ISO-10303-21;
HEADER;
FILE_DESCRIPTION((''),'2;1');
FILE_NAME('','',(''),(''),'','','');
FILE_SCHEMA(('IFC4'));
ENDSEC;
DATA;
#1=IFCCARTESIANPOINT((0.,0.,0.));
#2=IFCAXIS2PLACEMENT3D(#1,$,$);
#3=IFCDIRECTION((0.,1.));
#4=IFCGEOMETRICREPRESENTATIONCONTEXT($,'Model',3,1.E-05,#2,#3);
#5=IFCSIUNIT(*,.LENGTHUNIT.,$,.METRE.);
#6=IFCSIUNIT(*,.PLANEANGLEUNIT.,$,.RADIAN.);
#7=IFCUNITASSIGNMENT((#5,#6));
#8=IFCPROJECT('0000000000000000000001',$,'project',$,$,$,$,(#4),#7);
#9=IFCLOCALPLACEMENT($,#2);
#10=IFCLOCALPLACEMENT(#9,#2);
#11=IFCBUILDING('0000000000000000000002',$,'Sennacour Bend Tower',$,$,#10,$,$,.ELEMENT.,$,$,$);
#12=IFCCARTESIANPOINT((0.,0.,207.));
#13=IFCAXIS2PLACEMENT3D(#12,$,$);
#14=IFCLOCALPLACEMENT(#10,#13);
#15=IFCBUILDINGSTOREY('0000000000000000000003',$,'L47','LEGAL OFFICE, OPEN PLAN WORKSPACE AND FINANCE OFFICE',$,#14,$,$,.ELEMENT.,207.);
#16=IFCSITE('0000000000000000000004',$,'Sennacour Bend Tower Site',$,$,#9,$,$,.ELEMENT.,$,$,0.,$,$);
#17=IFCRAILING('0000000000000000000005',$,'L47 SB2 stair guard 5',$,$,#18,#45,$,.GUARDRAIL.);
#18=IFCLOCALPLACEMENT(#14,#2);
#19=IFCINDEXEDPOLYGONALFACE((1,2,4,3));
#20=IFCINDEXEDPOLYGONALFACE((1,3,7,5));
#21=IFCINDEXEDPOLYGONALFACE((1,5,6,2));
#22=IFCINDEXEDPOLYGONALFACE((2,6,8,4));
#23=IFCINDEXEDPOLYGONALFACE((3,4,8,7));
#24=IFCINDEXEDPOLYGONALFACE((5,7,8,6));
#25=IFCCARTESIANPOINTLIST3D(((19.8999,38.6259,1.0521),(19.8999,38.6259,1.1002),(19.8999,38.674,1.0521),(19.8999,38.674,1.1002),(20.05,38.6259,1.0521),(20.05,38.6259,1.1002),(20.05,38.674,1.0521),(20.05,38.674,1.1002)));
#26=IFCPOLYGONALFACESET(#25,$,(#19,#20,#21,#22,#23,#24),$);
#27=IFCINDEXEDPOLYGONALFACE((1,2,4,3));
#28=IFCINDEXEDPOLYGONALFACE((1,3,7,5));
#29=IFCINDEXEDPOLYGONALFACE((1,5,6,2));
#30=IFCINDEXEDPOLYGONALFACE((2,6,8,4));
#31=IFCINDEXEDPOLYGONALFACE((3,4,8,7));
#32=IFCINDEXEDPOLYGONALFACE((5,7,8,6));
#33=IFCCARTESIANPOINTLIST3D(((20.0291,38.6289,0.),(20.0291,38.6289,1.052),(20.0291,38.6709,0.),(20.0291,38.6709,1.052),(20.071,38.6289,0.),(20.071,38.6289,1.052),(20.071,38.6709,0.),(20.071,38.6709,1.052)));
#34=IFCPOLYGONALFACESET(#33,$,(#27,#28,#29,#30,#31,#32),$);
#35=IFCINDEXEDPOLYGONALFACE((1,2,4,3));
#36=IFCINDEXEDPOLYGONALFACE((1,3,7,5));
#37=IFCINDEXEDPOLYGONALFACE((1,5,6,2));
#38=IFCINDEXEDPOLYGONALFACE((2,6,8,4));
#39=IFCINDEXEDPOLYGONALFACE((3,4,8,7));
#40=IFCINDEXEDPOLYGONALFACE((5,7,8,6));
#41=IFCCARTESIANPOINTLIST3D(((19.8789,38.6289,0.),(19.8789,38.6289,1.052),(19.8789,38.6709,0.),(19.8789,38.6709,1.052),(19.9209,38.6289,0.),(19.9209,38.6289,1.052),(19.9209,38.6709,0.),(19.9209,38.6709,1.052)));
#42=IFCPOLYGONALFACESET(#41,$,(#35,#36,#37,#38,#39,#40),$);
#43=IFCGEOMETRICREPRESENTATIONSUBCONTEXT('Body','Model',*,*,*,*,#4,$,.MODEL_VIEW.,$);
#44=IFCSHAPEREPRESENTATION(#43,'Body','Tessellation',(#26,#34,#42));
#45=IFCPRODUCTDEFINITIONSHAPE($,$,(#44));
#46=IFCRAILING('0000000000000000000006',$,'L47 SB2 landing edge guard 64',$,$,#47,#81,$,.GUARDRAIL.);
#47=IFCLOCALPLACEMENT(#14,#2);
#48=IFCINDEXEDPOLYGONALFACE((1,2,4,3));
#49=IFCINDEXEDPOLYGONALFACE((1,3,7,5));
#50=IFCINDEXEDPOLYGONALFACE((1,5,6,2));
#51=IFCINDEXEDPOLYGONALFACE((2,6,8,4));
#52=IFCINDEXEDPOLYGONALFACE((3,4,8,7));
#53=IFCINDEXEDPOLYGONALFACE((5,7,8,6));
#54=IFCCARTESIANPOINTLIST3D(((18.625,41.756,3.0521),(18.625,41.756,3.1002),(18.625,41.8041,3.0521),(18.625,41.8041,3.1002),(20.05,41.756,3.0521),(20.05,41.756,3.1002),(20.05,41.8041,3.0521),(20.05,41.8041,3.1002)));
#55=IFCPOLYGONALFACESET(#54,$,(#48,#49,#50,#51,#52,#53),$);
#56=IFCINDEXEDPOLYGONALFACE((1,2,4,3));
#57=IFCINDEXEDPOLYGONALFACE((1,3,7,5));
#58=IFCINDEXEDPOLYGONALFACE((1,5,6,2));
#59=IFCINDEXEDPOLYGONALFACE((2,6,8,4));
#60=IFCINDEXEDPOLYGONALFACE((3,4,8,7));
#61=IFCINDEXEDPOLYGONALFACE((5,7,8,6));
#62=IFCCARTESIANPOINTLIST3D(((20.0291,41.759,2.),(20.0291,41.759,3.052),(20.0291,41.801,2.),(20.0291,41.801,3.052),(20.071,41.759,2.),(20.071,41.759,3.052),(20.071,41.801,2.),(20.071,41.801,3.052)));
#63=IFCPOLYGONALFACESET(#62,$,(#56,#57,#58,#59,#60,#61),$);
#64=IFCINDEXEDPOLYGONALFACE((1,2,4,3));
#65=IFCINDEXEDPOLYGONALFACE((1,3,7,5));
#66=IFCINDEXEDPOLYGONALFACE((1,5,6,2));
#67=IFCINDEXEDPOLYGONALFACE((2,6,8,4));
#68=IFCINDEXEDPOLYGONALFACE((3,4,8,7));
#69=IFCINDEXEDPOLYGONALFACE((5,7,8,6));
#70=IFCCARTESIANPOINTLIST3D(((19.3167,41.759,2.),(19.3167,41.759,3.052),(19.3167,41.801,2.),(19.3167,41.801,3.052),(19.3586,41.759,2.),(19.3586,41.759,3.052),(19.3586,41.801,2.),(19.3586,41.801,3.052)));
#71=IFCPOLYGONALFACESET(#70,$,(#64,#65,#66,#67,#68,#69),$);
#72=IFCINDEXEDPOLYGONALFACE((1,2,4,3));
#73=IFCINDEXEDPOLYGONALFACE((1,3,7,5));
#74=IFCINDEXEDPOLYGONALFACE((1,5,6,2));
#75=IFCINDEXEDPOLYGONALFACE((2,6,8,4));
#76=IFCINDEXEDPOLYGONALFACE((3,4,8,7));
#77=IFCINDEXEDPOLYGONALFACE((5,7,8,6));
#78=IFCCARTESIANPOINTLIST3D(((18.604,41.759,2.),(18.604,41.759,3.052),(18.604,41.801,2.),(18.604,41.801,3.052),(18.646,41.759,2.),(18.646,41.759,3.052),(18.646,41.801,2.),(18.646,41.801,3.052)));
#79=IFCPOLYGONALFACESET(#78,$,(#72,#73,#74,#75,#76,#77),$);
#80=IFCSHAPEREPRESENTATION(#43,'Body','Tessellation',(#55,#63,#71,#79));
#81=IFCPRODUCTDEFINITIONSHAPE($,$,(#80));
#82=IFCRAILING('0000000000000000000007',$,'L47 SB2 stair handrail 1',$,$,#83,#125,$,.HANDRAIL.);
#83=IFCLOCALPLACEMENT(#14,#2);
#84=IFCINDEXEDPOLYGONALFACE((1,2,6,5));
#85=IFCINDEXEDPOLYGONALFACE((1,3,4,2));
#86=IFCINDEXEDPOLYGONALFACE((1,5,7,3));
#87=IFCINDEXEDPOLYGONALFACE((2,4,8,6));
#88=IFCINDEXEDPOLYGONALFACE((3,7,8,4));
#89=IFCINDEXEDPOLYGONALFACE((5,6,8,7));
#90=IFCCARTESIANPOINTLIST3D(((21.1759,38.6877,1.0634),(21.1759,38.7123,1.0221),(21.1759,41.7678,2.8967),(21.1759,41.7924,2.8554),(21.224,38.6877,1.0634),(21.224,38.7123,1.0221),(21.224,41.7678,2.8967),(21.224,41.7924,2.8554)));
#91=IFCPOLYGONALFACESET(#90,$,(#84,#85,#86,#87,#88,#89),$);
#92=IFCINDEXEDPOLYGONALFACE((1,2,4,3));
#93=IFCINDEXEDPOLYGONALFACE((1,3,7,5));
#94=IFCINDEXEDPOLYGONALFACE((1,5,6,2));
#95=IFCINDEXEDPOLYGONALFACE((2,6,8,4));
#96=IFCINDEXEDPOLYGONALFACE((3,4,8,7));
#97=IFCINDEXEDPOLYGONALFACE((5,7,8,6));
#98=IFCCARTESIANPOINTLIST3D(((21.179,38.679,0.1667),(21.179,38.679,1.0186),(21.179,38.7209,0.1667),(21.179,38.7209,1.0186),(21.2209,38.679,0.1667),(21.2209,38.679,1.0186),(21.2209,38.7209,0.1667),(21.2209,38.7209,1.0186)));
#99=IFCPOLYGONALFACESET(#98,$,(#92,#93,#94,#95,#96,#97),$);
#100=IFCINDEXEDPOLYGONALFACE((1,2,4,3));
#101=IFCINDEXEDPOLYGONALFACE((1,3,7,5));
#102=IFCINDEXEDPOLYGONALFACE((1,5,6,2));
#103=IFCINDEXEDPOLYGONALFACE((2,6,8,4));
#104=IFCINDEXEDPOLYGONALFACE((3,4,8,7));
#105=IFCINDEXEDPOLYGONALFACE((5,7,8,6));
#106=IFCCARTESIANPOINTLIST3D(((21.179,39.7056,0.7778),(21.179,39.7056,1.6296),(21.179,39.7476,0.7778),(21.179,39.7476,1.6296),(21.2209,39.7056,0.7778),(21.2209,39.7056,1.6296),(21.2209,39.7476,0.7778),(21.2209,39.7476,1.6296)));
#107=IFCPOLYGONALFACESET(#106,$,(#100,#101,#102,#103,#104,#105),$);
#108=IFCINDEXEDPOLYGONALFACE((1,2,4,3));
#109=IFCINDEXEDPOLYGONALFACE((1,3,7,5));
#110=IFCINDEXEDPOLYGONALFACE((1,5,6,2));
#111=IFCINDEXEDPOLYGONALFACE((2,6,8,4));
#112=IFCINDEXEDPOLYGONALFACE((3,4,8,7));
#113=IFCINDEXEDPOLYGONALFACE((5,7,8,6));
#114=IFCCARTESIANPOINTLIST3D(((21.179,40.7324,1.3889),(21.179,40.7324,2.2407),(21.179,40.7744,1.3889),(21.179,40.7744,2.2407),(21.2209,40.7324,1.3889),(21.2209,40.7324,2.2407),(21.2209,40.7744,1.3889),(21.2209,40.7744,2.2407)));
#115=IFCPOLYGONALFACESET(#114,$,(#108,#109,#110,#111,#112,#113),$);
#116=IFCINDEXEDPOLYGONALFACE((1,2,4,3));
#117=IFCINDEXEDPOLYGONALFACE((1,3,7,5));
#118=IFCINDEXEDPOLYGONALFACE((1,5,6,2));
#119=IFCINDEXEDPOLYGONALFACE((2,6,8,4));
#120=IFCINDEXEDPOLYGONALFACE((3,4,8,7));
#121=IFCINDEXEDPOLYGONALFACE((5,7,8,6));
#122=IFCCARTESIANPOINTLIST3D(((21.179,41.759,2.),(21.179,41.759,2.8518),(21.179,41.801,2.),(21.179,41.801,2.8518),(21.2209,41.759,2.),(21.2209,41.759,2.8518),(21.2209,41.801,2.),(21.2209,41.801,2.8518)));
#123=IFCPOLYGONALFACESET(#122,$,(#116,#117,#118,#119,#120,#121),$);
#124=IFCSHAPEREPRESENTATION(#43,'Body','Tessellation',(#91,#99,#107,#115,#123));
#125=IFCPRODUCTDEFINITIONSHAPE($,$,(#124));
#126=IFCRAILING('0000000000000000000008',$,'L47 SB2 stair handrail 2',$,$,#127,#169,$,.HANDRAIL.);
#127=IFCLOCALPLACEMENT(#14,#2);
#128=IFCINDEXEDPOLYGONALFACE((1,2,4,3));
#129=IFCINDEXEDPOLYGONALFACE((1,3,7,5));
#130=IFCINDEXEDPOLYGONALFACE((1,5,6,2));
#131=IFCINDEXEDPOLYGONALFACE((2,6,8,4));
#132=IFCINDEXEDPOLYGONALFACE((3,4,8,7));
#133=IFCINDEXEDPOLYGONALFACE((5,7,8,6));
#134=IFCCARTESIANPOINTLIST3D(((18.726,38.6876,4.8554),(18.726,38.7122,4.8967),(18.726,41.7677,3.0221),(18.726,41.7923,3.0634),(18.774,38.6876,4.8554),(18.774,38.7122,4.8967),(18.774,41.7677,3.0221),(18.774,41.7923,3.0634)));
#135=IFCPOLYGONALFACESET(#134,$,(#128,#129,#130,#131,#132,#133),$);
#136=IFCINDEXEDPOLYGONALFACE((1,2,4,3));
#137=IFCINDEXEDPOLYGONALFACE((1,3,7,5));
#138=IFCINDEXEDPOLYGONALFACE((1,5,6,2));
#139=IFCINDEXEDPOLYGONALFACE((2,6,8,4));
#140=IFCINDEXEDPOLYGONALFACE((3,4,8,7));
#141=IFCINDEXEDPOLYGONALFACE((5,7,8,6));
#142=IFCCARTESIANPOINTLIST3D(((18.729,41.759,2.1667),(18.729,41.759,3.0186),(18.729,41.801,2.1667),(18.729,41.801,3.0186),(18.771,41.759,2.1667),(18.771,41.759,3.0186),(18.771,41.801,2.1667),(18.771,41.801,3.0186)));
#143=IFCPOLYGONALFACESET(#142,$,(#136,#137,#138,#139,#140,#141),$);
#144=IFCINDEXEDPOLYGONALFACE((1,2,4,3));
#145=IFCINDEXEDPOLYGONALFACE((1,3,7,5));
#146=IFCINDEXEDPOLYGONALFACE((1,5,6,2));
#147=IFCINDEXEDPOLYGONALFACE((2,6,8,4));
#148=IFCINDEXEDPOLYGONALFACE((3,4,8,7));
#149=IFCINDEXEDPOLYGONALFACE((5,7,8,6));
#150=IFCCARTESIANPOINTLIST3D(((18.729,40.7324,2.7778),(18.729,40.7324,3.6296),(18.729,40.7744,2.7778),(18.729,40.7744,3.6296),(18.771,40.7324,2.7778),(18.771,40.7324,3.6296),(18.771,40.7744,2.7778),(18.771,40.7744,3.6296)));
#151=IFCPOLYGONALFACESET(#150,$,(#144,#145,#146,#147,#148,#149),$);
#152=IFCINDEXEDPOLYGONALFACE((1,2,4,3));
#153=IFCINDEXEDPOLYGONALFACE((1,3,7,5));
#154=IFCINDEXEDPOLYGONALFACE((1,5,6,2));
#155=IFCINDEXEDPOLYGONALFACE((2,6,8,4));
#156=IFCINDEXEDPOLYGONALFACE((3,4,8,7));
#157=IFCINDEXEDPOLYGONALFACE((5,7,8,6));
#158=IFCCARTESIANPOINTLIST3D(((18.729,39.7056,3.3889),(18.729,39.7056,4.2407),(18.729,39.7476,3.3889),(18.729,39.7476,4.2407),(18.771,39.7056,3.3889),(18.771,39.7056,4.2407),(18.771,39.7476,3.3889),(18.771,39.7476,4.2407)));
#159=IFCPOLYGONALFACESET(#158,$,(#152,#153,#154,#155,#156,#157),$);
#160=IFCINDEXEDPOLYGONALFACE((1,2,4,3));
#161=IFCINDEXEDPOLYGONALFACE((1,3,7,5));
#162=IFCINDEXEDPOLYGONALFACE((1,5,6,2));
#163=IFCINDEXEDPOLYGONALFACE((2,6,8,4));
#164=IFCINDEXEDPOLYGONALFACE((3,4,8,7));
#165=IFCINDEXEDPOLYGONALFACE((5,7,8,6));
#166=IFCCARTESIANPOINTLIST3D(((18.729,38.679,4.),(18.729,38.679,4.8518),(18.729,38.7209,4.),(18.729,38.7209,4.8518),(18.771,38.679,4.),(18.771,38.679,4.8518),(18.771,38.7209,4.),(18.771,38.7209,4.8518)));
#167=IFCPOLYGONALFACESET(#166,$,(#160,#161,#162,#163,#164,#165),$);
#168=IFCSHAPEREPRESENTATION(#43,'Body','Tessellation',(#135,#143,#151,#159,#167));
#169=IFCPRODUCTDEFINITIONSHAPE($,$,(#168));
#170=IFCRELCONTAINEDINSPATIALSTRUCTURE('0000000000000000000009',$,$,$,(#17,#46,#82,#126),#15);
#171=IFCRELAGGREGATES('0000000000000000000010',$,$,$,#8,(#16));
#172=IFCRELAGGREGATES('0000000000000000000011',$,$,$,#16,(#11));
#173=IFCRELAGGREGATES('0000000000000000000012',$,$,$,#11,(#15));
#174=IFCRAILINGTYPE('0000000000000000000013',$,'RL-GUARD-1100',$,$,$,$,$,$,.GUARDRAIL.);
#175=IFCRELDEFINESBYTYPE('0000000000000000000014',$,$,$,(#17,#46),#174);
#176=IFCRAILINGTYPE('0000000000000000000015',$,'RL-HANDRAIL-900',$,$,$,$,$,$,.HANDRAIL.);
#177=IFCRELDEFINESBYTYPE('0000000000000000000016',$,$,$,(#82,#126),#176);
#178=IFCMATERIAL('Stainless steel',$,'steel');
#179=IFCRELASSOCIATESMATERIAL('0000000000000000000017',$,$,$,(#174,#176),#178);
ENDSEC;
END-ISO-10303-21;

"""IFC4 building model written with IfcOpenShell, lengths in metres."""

from ifc_helpers import new_model, si_unit, direction, frame, origin, origin_2d, place, context, subcontext, project, spatial, rectangle, extrude, material, type_object, element, save


model = new_model("IFC4")

# Units and contexts
model_context = context("Model", 3, precision=1e-05, world=origin(), true_north=direction((0.0, 1.0)))
body_context = subcontext(model_context, "Body", "Model", "MODEL_VIEW")
ifc_project = project(units=[si_unit("LENGTHUNIT", "METRE"), si_unit("PLANEANGLEUNIT", "RADIAN")], contexts=[model_context])

# Site, building, storey
site_placement = place(None, origin())
site = spatial("IfcSite", under=ifc_project, at=site_placement, Name="Sennacour Bend Tower Site", CompositionType="ELEMENT", RefElevation=0.0)
building_placement = place(site_placement, origin())
building = spatial("IfcBuilding", under=site, at=building_placement, Name="Sennacour Bend Tower", CompositionType="ELEMENT")
storey_placement = place(building_placement, frame((0.0, 0.0, 207.0)))
storey = spatial("IfcBuildingStorey", under=building, at=storey_placement, Name="L47", Description="LEGAL OFFICE, OPEN PLAN WORKSPACE AND FINANCE OFFICE", CompositionType="ELEMENT", Elevation=207.0)

# Shared definitions
ifc_material_1 = material(Name="Stainless steel", Category="steel")

# Railings
railing_type_1 = type_object("IfcRailingType", Name="RL-GUARD-1100", PredefinedType="GUARDRAIL", material=ifc_material_1)
railing_1_placement = place(storey_placement, frame((20.05, 38.6499, 0.0)))
element("IfcRailing", 1, at=railing_1_placement, inside=storey, type_object=railing_type_1, Name="L47 SB2 stair guard 5", PredefinedType="GUARDRAIL", context=body_context, shape_type="SweptSolid", body=[
    extrude(rectangle(XDim=0.0481, YDim=0.0481, at=origin_2d()), frame((0.0, 0.0, 1.0762), z_axis=(-1.0, 0.0, 0.0), x_axis=(0.0, -1.0, 0.0)), (0.0, 0.0, 1.0), 0.1501),
    extrude(rectangle(XDim=0.042, YDim=0.042, at=origin_2d()), origin(), (0.0, 0.0, 1.0), 1.052),
    extrude(rectangle(XDim=0.042, YDim=0.042, at=origin_2d()), frame((-0.1501, 0.0, 0.0)), (0.0, 0.0, 1.0), 1.052),
])
railing_2_placement = place(storey_placement, frame((20.05, 41.78, 2.0)))
element("IfcRailing", 2, at=railing_2_placement, inside=storey, type_object=railing_type_1, Name="L47 SB2 landing edge guard 64", PredefinedType="GUARDRAIL", context=body_context, shape_type="SweptSolid", body=[
    extrude(rectangle(XDim=0.0481, YDim=0.0481, at=origin_2d()), frame((0.0, 0.0, 1.0762), z_axis=(-1.0, 0.0, 0.0), x_axis=(0.0, -1.0, 0.0)), (0.0, 0.0, 1.0), 1.425),
    extrude(rectangle(XDim=0.042, YDim=0.042, at=origin_2d()), origin(), (0.0, 0.0, 1.0), 1.052),
    extrude(rectangle(XDim=0.042, YDim=0.042, at=origin_2d()), frame((-0.7124, 0.0, 0.0)), (0.0, 0.0, 1.0), 1.052),
    extrude(rectangle(XDim=0.042, YDim=0.042, at=origin_2d()), frame((-1.425, 0.0, 0.0)), (0.0, 0.0, 1.0), 1.052),
])
railing_type_2 = type_object("IfcRailingType", Name="RL-HANDRAIL-900", PredefinedType="HANDRAIL", material=ifc_material_1)
railing_3_placement = place(storey_placement, frame((21.2, 38.7, 0.1667)))
element("IfcRailing", 3, at=railing_3_placement, inside=storey, type_object=railing_type_2, Name="L47 SB2 stair handrail 1", PredefinedType="HANDRAIL", context=body_context, shape_type="SweptSolid", body=[
    extrude(rectangle(XDim=0.0481, YDim=0.0481, at=origin_2d()), frame((0.0, 0.0, 0.876), z_axis=(0.0, 0.859309, 0.511458), x_axis=(-1.0, 0.0, 0.0)), (0.0, 0.0, 1.0), 3.5845),
    extrude(rectangle(XDim=0.042, YDim=0.042, at=origin_2d()), origin(), (0.0, 0.0, 1.0), 0.8518),
    extrude(rectangle(XDim=0.042, YDim=0.042, at=origin_2d()), frame((0.0, 1.0266, 0.6111)), (0.0, 0.0, 1.0), 0.8518),
    extrude(rectangle(XDim=0.042, YDim=0.042, at=origin_2d()), frame((0.0, 2.0535, 1.2222)), (0.0, 0.0, 1.0), 0.8518),
    extrude(rectangle(XDim=0.042, YDim=0.042, at=origin_2d()), frame((0.0, 3.0801, 1.8333)), (0.0, 0.0, 1.0), 0.8518),
])
railing_4_placement = place(storey_placement, frame((18.75, 41.78, 2.1667)))
element("IfcRailing", 4, at=railing_4_placement, inside=storey, type_object=railing_type_2, Name="L47 SB2 stair handrail 2", PredefinedType="HANDRAIL", context=body_context, shape_type="SweptSolid", body=[
    extrude(rectangle(XDim=0.0481, YDim=0.0481, at=origin_2d()), frame((0.0, 0.0, 0.876), z_axis=(0.0, -0.859309, 0.511458), x_axis=(1.0, 0.0, 0.0)), (0.0, 0.0, 1.0), 3.5845),
    extrude(rectangle(XDim=0.042, YDim=0.042, at=origin_2d()), origin(), (0.0, 0.0, 1.0), 0.8518),
    extrude(rectangle(XDim=0.042, YDim=0.042, at=origin_2d()), frame((0.0, -1.0266, 0.6111)), (0.0, 0.0, 1.0), 0.8518),
    extrude(rectangle(XDim=0.042, YDim=0.042, at=origin_2d()), frame((0.0, -2.0535, 1.2222)), (0.0, 0.0, 1.0), 0.8518),
    extrude(rectangle(XDim=0.042, YDim=0.042, at=origin_2d()), frame((0.0, -3.0801, 1.8333)), (0.0, 0.0, 1.0), 0.8518),
])

save(model, "model.ifc")
